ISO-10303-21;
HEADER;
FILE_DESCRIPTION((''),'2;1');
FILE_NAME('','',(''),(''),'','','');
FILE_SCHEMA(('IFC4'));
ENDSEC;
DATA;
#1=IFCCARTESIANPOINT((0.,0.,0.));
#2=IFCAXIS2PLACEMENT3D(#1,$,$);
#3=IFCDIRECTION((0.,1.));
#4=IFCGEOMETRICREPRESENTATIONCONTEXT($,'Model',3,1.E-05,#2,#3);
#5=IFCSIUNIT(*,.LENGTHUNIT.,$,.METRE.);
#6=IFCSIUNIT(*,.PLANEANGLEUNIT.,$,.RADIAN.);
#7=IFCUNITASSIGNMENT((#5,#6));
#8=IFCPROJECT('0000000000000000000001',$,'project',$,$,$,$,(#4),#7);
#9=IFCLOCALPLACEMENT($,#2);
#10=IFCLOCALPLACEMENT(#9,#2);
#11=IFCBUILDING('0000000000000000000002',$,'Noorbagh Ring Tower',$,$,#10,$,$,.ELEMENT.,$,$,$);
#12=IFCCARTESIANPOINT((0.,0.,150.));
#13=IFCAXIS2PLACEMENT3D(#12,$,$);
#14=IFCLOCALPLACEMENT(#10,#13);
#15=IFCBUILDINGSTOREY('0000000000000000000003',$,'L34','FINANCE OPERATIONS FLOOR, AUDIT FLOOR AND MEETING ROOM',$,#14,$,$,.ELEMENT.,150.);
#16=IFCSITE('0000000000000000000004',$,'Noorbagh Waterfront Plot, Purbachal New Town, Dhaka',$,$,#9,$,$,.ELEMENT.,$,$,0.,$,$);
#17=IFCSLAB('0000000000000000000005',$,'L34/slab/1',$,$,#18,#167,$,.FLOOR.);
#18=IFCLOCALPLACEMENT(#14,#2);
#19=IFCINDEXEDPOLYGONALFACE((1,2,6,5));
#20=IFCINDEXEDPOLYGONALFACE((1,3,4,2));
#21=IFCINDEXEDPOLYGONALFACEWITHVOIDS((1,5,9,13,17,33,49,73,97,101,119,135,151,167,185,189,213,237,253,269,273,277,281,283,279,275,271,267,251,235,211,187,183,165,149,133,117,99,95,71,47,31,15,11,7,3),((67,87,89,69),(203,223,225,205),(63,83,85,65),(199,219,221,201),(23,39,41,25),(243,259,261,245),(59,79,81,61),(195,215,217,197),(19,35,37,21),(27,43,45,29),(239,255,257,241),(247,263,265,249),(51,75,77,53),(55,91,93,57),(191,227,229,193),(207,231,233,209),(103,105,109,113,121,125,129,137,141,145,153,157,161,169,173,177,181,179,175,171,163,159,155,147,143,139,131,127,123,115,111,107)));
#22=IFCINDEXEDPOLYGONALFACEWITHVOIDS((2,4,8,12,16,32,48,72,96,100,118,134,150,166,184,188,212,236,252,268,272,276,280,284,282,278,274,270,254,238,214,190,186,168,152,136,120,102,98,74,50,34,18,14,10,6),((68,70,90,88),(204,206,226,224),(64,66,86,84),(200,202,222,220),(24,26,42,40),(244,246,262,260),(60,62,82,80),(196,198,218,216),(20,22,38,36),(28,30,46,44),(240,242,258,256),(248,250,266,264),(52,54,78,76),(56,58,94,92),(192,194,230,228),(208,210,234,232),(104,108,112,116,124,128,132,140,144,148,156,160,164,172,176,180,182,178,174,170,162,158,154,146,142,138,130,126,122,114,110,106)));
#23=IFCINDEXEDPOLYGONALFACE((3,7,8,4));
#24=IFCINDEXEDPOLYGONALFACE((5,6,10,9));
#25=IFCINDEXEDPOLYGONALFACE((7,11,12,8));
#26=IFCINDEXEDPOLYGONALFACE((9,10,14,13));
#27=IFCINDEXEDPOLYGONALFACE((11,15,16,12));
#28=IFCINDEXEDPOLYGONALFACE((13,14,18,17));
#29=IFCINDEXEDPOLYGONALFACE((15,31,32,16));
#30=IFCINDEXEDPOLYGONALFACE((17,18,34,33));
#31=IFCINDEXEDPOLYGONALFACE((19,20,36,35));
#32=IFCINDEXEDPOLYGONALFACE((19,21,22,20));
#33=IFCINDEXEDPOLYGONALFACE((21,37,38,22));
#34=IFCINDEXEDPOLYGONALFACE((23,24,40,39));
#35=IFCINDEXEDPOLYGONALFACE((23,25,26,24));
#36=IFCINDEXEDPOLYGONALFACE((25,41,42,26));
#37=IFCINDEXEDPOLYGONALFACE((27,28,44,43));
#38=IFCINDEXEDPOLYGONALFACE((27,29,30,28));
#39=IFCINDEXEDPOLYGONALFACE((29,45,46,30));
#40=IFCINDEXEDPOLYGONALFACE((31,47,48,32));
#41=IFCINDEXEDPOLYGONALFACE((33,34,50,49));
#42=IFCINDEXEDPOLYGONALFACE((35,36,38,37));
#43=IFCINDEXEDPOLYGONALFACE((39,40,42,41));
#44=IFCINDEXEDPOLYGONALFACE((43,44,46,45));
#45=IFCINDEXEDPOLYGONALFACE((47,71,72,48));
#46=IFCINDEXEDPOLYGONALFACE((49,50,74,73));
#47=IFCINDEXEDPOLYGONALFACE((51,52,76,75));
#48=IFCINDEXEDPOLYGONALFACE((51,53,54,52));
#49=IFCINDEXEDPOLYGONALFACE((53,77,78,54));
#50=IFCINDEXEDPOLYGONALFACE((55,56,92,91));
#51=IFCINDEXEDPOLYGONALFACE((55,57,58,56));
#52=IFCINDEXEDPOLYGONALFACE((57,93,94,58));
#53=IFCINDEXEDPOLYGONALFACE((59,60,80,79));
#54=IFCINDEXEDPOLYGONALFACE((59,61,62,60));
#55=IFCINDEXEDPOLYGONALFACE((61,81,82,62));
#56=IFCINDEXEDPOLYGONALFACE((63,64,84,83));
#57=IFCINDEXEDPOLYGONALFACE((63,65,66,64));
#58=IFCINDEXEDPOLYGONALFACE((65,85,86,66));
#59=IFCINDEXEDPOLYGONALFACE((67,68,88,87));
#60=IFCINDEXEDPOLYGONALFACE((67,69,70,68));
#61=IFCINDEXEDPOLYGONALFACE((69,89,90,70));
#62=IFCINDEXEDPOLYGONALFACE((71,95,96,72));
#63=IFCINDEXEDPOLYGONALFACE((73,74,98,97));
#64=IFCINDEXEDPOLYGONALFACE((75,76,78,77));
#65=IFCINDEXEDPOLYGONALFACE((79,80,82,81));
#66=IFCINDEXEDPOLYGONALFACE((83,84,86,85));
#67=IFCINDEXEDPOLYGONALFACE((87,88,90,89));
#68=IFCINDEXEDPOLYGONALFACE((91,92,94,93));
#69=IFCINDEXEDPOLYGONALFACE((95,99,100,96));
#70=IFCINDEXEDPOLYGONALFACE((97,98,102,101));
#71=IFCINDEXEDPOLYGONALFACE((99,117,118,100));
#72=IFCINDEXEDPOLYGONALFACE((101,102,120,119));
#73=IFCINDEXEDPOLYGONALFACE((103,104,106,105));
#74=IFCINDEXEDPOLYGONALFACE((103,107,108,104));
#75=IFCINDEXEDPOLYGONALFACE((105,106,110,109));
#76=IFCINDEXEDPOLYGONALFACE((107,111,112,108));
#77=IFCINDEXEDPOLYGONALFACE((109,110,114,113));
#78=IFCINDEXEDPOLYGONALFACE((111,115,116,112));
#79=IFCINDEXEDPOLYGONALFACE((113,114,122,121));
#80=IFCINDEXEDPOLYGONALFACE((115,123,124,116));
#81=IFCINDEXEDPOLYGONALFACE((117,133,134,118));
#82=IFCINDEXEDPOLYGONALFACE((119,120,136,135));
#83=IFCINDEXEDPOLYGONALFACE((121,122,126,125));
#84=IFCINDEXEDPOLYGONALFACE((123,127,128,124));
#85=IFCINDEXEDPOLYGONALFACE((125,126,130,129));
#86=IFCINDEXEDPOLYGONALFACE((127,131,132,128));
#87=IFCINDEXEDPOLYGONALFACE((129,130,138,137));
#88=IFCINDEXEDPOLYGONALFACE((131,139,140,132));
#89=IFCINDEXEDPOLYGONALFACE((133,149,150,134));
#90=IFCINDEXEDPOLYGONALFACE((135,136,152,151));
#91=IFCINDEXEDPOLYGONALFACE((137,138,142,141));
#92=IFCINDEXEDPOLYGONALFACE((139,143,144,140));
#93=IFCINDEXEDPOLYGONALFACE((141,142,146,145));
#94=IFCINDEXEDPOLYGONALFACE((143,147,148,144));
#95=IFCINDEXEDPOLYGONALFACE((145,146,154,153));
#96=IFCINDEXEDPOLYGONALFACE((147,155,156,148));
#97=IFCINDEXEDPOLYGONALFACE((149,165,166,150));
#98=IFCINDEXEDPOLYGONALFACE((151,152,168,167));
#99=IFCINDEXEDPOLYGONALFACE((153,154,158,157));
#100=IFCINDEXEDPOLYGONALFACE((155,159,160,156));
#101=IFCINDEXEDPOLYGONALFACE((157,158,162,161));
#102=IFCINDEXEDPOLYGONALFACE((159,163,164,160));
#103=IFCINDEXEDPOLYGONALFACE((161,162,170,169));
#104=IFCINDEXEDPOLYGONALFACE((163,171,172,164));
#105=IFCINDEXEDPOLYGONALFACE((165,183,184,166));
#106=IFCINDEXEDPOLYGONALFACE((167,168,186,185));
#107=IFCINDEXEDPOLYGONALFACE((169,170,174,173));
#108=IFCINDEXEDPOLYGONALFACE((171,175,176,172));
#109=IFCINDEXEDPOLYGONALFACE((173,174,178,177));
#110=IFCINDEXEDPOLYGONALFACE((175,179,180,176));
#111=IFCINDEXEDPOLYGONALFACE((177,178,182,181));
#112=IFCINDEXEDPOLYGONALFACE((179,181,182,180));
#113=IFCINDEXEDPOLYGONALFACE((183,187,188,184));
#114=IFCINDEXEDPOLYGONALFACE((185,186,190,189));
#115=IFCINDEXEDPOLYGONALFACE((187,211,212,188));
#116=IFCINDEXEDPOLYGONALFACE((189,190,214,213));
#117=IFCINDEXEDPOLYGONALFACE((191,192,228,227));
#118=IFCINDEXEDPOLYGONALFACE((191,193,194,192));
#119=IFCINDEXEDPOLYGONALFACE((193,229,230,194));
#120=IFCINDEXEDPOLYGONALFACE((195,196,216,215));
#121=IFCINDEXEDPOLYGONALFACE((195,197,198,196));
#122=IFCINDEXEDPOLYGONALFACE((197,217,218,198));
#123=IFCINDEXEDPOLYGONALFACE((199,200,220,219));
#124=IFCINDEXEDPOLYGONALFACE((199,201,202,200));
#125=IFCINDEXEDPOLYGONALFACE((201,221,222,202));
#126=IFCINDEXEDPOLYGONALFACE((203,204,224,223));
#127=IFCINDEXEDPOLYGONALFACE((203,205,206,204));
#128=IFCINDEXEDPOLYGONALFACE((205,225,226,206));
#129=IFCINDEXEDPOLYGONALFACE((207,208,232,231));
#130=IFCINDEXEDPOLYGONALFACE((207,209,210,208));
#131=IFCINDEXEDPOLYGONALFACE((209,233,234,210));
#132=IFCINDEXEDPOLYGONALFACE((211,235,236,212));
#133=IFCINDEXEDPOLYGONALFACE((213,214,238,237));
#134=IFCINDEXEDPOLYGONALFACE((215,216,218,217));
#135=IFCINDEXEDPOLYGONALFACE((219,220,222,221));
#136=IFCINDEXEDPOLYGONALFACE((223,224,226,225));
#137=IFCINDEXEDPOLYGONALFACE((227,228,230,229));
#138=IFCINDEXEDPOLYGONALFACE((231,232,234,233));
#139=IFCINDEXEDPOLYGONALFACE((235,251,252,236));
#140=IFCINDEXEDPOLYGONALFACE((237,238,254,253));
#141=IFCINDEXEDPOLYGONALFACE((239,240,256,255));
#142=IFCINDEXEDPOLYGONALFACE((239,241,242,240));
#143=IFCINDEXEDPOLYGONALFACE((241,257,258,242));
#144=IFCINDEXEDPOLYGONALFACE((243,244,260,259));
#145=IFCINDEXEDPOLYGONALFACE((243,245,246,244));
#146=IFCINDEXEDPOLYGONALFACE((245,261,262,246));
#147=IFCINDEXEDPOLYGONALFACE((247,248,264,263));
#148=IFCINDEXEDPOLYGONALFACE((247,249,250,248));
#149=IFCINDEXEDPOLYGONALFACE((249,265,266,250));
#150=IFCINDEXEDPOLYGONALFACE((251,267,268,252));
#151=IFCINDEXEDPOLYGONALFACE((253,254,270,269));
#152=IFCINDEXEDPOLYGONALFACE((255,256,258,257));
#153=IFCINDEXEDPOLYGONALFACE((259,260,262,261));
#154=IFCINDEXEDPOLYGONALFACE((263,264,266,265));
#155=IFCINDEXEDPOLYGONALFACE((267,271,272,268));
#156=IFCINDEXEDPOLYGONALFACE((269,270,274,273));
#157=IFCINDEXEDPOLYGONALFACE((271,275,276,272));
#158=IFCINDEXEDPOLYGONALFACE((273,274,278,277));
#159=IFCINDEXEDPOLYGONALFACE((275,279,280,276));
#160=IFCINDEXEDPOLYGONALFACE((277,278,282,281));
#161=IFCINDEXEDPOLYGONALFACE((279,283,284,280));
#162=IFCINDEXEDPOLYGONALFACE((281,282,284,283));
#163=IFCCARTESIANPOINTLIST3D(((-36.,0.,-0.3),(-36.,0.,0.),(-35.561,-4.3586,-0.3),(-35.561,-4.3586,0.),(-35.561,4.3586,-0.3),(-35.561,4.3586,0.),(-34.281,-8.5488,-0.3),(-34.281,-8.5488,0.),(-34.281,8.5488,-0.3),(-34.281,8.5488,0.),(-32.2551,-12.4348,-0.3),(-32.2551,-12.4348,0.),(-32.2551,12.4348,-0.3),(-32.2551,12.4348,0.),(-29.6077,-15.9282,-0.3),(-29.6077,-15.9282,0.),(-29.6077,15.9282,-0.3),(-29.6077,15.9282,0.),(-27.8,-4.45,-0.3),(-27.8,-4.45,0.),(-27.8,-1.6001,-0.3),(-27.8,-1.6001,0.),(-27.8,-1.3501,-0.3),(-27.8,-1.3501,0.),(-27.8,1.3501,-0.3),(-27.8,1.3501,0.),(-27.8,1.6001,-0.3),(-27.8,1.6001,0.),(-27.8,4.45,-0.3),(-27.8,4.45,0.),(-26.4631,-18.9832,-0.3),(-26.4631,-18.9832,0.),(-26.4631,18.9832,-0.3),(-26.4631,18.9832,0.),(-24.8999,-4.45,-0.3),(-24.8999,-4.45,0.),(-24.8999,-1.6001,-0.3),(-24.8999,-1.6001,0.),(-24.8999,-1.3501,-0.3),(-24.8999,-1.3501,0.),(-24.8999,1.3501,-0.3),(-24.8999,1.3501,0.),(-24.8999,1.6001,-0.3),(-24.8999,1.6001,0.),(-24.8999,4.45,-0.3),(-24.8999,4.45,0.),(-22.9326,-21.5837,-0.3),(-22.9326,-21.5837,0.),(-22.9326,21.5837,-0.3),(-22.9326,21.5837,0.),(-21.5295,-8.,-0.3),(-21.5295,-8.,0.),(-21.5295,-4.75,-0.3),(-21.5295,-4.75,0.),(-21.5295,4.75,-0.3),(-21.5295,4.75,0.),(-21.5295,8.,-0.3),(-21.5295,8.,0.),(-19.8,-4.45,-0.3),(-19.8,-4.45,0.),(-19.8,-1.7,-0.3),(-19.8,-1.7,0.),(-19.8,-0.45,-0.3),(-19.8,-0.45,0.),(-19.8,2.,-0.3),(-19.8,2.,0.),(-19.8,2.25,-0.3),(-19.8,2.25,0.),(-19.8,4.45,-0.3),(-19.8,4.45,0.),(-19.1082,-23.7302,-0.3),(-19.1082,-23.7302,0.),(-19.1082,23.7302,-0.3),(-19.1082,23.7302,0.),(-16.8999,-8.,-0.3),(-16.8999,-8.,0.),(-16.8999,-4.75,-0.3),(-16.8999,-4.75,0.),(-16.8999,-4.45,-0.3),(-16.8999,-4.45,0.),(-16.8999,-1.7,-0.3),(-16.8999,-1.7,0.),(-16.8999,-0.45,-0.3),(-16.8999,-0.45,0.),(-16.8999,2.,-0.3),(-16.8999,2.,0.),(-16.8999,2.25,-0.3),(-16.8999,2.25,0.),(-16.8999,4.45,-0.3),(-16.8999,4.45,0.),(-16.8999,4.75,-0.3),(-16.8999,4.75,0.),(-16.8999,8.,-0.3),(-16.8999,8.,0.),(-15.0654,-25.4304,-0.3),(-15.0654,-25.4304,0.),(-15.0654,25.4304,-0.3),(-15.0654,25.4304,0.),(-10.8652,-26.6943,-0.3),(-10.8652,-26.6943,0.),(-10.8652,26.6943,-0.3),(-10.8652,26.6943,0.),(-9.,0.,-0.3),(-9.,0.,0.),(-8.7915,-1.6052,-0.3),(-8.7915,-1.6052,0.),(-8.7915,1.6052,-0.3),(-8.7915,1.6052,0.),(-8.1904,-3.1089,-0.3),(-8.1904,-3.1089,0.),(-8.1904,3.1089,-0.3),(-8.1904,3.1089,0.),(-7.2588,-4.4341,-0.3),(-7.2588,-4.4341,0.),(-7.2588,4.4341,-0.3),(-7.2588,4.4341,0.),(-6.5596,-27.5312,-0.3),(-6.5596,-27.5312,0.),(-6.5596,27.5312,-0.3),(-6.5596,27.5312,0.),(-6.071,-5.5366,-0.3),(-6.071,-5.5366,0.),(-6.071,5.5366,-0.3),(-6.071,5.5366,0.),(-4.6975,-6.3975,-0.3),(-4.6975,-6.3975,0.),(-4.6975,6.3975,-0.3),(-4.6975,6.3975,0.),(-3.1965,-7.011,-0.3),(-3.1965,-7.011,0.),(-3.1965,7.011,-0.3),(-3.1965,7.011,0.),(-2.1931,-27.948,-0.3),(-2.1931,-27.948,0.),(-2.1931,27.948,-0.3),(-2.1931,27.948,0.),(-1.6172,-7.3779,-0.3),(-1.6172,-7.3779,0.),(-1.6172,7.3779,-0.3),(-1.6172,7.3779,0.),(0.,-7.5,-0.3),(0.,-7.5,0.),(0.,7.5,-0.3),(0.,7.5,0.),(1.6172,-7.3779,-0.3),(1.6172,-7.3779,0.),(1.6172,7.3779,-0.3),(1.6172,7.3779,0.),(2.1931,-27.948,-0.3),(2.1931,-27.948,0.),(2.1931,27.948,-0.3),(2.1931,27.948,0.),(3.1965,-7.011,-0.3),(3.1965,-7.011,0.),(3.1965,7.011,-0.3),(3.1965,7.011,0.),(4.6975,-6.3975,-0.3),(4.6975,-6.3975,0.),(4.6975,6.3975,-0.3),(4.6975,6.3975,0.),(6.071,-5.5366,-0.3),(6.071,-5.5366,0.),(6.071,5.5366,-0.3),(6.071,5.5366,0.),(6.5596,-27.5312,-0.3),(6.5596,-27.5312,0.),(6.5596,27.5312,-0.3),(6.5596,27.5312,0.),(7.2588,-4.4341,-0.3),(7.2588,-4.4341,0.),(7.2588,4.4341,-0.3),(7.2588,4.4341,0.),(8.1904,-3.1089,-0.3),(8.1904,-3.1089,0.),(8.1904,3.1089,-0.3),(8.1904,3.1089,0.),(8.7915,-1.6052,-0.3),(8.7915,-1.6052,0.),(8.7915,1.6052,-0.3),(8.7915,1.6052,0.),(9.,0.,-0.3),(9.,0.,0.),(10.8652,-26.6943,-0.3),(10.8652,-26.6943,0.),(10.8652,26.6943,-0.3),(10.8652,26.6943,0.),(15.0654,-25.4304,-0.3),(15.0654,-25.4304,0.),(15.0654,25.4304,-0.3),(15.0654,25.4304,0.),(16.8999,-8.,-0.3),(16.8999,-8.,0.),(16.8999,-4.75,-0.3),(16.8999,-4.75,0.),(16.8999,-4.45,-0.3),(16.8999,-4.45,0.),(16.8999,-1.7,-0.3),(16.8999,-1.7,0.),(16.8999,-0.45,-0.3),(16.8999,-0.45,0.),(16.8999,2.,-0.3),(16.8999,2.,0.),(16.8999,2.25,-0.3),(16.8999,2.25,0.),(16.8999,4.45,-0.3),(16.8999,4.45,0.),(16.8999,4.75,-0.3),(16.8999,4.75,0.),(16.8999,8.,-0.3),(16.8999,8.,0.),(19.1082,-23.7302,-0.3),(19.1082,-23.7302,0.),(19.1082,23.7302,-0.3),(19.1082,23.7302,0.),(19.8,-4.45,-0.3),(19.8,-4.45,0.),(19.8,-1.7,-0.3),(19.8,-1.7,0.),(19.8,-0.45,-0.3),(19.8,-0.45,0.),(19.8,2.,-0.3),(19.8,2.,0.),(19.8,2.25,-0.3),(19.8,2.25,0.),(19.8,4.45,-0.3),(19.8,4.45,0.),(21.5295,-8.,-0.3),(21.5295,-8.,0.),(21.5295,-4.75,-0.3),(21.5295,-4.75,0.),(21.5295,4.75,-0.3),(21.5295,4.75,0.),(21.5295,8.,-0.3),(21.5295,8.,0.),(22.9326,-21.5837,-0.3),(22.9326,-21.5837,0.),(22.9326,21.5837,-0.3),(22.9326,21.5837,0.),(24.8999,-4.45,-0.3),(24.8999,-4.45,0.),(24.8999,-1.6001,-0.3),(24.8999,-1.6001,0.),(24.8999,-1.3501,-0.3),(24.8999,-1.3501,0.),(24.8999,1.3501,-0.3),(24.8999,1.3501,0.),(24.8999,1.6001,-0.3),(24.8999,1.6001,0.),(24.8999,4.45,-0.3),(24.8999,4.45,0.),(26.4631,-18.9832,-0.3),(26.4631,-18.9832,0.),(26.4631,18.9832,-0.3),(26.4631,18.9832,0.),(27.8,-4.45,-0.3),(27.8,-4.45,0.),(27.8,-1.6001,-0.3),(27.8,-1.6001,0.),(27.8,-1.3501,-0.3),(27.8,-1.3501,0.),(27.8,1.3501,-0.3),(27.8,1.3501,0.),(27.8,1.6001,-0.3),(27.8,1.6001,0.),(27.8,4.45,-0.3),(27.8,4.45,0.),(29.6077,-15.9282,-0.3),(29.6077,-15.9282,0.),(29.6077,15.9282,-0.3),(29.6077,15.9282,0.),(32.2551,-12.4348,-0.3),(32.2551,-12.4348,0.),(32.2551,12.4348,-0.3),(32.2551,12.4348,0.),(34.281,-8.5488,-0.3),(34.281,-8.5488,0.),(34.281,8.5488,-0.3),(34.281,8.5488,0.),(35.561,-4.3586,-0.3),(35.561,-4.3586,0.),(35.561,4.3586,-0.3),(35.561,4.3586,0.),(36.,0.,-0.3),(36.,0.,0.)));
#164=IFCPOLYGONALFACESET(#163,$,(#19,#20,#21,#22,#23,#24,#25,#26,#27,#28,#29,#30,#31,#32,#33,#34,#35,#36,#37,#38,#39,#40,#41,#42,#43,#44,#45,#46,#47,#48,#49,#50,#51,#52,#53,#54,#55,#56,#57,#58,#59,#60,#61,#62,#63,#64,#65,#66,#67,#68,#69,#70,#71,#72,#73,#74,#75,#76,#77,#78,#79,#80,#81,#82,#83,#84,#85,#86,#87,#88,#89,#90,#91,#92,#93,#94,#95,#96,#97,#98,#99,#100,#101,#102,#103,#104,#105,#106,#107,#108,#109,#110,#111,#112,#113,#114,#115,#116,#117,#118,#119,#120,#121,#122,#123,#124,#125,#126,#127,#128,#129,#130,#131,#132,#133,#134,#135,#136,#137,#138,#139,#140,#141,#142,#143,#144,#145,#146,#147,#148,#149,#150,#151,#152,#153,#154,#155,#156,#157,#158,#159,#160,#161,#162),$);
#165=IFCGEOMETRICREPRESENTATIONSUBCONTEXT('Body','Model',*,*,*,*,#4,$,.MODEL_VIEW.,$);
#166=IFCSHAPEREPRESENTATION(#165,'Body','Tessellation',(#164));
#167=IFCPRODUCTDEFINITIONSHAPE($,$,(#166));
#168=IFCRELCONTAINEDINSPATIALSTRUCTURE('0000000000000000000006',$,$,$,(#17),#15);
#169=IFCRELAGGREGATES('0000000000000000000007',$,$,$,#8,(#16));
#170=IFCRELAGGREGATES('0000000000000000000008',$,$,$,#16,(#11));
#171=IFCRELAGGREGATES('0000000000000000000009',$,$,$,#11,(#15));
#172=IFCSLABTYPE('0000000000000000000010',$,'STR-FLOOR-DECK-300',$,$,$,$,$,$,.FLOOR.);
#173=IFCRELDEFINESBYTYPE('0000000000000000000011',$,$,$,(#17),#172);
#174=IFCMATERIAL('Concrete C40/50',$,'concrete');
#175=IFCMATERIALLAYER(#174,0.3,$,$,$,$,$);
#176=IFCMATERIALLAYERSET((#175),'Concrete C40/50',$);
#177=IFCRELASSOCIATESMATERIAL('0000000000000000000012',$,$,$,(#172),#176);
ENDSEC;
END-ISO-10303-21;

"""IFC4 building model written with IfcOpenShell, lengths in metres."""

from ifc_helpers import new_model, si_unit, direction, frame, origin, place, context, subcontext, project, spatial, polyline, outline, extrude, material, layer, layer_set, type_object, element, save


model = new_model("IFC4")

# Units and contexts
model_context = context("Model", 3, precision=1e-05, world=origin(), true_north=direction((0.0, 1.0)))
body_context = subcontext(model_context, "Body", "Model", "MODEL_VIEW")
ifc_project = project(units=[si_unit("LENGTHUNIT", "METRE"), si_unit("PLANEANGLEUNIT", "RADIAN")], contexts=[model_context])

# Site, building, storey
site_placement = place(None, origin())
site = spatial("IfcSite", under=ifc_project, at=site_placement, Name="Noorbagh Waterfront Plot, Purbachal New Town, Dhaka", CompositionType="ELEMENT", RefElevation=0.0)
building_placement = place(site_placement, origin())
building = spatial("IfcBuilding", under=site, at=building_placement, Name="Noorbagh Ring Tower", CompositionType="ELEMENT")
storey_placement = place(building_placement, frame((0.0, 0.0, 150.0)))
storey = spatial("IfcBuildingStorey", under=building, at=storey_placement, Name="L34", Description="FINANCE OPERATIONS FLOOR, AUDIT FLOOR AND MEETING ROOM", CompositionType="ELEMENT", Elevation=150.0)

# Slab
ifc_material_1 = material(Name="Concrete C40/50", Category="concrete")
ifc_layer_1 = layer(ifc_material_1, 0.3)
ifc_layer_set_1 = layer_set([ifc_layer_1], Name="Concrete C40/50")
slab_type_1 = type_object("IfcSlabType", Name="STR-FLOOR-DECK-300", PredefinedType="FLOOR", material=ifc_layer_set_1)
slab_1_placement = place(storey_placement, frame((0.0, 0.0, -0.3)))
element("IfcSlab", 1, at=slab_1_placement, inside=storey, type_object=slab_type_1, Name="L34/slab/1", PredefinedType="FLOOR", context=body_context, shape_type="SweptSolid", body=[
    extrude(outline(polyline([(36.0, 0.0), (35.561, 4.3586), (34.281, 8.5488), (32.2551, 12.4348), (29.6077, 15.9282), (26.4631, 18.9832), (22.9326, 21.5837), (19.1082, 23.7302), (15.0654, 25.4304), (10.8652, 26.6943), (6.5596, 27.5312), (2.1931, 27.948), (-2.1931, 27.948), (-6.5596, 27.5312), (-10.8652, 26.6943), (-15.0654, 25.4304), (-19.1082, 23.7302), (-22.9326, 21.5837), (-26.4631, 18.9832), (-29.6077, 15.9282), (-32.2551, 12.4348), (-34.281, 8.5488), (-35.561, 4.3586), (-36.0, 0.0), (-35.561, -4.3586), (-34.281, -8.5488), (-32.2551, -12.4348), (-29.6077, -15.9282), (-26.4631, -18.9832), (-22.9326, -21.5837), (-19.1082, -23.7302), (-15.0654, -25.4304), (-10.8652, -26.6943), (-6.5596, -27.5312), (-2.1931, -27.948), (2.1931, -27.948), (6.5596, -27.5312), (10.8652, -26.6943), (15.0654, -25.4304), (19.1082, -23.7302), (22.9326, -21.5837), (26.4631, -18.9832), (29.6077, -15.9282), (32.2551, -12.4348), (34.281, -8.5488), (35.561, -4.3586), (36.0, 0.0)]), holes=[polyline([(24.8999, 4.45), (27.8, 4.45), (27.8, 1.6001), (24.8999, 1.6001), (24.8999, 4.45)]), polyline([(24.8999, 1.3501), (27.8, 1.3501), (27.8, -1.3501), (24.8999, -1.3501), (24.8999, 1.3501)]), polyline([(24.8999, -1.6001), (27.8, -1.6001), (27.8, -4.45), (24.8999, -4.45), (24.8999, -1.6001)]), polyline([(21.5295, -8.0), (16.8999, -8.0), (16.8999, -4.75), (21.5295, -4.75), (21.5295, -8.0)]), polyline([(16.8999, 4.75), (16.8999, 8.0), (21.5295, 8.0), (21.5295, 4.75), (16.8999, 4.75)]), polyline([(19.8, 4.45), (19.8, 2.25), (16.8999, 2.25), (16.8999, 4.45), (19.8, 4.45)]), polyline([(16.8999, 2.0), (19.8, 2.0), (19.8, -0.45), (16.8999, -0.45), (16.8999, 2.0)]), polyline([(16.8999, -1.7), (19.8, -1.7), (19.8, -4.45), (16.8999, -4.45), (16.8999, -1.7)]), polyline([(4.6975, -6.3975), (3.1965, -7.011), (1.6172, -7.3779), (0.0, -7.5), (-1.6172, -7.3779), (-3.1965, -7.011), (-4.6975, -6.3975), (-6.071, -5.5366), (-7.2588, -4.4341), (-8.1904, -3.1089), (-8.7915, -1.6052), (-9.0, 0.0), (-8.7915, 1.6052), (-8.1904, 3.1089), (-7.2588, 4.4341), (-6.071, 5.5366), (-4.6975, 6.3975), (-3.1965, 7.011), (-1.6172, 7.3779), (0.0, 7.5), (1.6172, 7.3779), (3.1965, 7.011), (4.6975, 6.3975), (6.071, 5.5366), (7.2588, 4.4341), (8.1904, 3.1089), (8.7915, 1.6052), (9.0, 0.0), (8.7915, -1.6052), (8.1904, -3.1089), (7.2588, -4.4341), (6.071, -5.5366), (4.6975, -6.3975)]), polyline([(-16.8999, 2.25), (-19.8, 2.25), (-19.8, 4.45), (-16.8999, 4.45), (-16.8999, 2.25)]), polyline([(-16.8999, -0.45), (-19.8, -0.45), (-19.8, 2.0), (-16.8999, 2.0), (-16.8999, -0.45)]), polyline([(-16.8999, -4.45), (-19.8, -4.45), (-19.8, -1.7), (-16.8999, -1.7), (-16.8999, -4.45)]), polyline([(-21.5295, 8.0), (-16.8999, 8.0), (-16.8999, 4.75), (-21.5295, 4.75), (-21.5295, 8.0)]), polyline([(-21.5295, -4.75), (-16.8999, -4.75), (-16.8999, -8.0), (-21.5295, -8.0), (-21.5295, -4.75)]), polyline([(-24.8999, -4.45), (-27.8, -4.45), (-27.8, -1.6001), (-24.8999, -1.6001), (-24.8999, -4.45)]), polyline([(-24.8999, 1.6001), (-27.8, 1.6001), (-27.8, 4.45), (-24.8999, 4.45), (-24.8999, 1.6001)]), polyline([(-24.8999, -1.3501), (-27.8, -1.3501), (-27.8, 1.3501), (-24.8999, 1.3501), (-24.8999, -1.3501)])]), origin(), (0.0, 0.0, 1.0), 0.3),
])

save(model, "model.ifc")
